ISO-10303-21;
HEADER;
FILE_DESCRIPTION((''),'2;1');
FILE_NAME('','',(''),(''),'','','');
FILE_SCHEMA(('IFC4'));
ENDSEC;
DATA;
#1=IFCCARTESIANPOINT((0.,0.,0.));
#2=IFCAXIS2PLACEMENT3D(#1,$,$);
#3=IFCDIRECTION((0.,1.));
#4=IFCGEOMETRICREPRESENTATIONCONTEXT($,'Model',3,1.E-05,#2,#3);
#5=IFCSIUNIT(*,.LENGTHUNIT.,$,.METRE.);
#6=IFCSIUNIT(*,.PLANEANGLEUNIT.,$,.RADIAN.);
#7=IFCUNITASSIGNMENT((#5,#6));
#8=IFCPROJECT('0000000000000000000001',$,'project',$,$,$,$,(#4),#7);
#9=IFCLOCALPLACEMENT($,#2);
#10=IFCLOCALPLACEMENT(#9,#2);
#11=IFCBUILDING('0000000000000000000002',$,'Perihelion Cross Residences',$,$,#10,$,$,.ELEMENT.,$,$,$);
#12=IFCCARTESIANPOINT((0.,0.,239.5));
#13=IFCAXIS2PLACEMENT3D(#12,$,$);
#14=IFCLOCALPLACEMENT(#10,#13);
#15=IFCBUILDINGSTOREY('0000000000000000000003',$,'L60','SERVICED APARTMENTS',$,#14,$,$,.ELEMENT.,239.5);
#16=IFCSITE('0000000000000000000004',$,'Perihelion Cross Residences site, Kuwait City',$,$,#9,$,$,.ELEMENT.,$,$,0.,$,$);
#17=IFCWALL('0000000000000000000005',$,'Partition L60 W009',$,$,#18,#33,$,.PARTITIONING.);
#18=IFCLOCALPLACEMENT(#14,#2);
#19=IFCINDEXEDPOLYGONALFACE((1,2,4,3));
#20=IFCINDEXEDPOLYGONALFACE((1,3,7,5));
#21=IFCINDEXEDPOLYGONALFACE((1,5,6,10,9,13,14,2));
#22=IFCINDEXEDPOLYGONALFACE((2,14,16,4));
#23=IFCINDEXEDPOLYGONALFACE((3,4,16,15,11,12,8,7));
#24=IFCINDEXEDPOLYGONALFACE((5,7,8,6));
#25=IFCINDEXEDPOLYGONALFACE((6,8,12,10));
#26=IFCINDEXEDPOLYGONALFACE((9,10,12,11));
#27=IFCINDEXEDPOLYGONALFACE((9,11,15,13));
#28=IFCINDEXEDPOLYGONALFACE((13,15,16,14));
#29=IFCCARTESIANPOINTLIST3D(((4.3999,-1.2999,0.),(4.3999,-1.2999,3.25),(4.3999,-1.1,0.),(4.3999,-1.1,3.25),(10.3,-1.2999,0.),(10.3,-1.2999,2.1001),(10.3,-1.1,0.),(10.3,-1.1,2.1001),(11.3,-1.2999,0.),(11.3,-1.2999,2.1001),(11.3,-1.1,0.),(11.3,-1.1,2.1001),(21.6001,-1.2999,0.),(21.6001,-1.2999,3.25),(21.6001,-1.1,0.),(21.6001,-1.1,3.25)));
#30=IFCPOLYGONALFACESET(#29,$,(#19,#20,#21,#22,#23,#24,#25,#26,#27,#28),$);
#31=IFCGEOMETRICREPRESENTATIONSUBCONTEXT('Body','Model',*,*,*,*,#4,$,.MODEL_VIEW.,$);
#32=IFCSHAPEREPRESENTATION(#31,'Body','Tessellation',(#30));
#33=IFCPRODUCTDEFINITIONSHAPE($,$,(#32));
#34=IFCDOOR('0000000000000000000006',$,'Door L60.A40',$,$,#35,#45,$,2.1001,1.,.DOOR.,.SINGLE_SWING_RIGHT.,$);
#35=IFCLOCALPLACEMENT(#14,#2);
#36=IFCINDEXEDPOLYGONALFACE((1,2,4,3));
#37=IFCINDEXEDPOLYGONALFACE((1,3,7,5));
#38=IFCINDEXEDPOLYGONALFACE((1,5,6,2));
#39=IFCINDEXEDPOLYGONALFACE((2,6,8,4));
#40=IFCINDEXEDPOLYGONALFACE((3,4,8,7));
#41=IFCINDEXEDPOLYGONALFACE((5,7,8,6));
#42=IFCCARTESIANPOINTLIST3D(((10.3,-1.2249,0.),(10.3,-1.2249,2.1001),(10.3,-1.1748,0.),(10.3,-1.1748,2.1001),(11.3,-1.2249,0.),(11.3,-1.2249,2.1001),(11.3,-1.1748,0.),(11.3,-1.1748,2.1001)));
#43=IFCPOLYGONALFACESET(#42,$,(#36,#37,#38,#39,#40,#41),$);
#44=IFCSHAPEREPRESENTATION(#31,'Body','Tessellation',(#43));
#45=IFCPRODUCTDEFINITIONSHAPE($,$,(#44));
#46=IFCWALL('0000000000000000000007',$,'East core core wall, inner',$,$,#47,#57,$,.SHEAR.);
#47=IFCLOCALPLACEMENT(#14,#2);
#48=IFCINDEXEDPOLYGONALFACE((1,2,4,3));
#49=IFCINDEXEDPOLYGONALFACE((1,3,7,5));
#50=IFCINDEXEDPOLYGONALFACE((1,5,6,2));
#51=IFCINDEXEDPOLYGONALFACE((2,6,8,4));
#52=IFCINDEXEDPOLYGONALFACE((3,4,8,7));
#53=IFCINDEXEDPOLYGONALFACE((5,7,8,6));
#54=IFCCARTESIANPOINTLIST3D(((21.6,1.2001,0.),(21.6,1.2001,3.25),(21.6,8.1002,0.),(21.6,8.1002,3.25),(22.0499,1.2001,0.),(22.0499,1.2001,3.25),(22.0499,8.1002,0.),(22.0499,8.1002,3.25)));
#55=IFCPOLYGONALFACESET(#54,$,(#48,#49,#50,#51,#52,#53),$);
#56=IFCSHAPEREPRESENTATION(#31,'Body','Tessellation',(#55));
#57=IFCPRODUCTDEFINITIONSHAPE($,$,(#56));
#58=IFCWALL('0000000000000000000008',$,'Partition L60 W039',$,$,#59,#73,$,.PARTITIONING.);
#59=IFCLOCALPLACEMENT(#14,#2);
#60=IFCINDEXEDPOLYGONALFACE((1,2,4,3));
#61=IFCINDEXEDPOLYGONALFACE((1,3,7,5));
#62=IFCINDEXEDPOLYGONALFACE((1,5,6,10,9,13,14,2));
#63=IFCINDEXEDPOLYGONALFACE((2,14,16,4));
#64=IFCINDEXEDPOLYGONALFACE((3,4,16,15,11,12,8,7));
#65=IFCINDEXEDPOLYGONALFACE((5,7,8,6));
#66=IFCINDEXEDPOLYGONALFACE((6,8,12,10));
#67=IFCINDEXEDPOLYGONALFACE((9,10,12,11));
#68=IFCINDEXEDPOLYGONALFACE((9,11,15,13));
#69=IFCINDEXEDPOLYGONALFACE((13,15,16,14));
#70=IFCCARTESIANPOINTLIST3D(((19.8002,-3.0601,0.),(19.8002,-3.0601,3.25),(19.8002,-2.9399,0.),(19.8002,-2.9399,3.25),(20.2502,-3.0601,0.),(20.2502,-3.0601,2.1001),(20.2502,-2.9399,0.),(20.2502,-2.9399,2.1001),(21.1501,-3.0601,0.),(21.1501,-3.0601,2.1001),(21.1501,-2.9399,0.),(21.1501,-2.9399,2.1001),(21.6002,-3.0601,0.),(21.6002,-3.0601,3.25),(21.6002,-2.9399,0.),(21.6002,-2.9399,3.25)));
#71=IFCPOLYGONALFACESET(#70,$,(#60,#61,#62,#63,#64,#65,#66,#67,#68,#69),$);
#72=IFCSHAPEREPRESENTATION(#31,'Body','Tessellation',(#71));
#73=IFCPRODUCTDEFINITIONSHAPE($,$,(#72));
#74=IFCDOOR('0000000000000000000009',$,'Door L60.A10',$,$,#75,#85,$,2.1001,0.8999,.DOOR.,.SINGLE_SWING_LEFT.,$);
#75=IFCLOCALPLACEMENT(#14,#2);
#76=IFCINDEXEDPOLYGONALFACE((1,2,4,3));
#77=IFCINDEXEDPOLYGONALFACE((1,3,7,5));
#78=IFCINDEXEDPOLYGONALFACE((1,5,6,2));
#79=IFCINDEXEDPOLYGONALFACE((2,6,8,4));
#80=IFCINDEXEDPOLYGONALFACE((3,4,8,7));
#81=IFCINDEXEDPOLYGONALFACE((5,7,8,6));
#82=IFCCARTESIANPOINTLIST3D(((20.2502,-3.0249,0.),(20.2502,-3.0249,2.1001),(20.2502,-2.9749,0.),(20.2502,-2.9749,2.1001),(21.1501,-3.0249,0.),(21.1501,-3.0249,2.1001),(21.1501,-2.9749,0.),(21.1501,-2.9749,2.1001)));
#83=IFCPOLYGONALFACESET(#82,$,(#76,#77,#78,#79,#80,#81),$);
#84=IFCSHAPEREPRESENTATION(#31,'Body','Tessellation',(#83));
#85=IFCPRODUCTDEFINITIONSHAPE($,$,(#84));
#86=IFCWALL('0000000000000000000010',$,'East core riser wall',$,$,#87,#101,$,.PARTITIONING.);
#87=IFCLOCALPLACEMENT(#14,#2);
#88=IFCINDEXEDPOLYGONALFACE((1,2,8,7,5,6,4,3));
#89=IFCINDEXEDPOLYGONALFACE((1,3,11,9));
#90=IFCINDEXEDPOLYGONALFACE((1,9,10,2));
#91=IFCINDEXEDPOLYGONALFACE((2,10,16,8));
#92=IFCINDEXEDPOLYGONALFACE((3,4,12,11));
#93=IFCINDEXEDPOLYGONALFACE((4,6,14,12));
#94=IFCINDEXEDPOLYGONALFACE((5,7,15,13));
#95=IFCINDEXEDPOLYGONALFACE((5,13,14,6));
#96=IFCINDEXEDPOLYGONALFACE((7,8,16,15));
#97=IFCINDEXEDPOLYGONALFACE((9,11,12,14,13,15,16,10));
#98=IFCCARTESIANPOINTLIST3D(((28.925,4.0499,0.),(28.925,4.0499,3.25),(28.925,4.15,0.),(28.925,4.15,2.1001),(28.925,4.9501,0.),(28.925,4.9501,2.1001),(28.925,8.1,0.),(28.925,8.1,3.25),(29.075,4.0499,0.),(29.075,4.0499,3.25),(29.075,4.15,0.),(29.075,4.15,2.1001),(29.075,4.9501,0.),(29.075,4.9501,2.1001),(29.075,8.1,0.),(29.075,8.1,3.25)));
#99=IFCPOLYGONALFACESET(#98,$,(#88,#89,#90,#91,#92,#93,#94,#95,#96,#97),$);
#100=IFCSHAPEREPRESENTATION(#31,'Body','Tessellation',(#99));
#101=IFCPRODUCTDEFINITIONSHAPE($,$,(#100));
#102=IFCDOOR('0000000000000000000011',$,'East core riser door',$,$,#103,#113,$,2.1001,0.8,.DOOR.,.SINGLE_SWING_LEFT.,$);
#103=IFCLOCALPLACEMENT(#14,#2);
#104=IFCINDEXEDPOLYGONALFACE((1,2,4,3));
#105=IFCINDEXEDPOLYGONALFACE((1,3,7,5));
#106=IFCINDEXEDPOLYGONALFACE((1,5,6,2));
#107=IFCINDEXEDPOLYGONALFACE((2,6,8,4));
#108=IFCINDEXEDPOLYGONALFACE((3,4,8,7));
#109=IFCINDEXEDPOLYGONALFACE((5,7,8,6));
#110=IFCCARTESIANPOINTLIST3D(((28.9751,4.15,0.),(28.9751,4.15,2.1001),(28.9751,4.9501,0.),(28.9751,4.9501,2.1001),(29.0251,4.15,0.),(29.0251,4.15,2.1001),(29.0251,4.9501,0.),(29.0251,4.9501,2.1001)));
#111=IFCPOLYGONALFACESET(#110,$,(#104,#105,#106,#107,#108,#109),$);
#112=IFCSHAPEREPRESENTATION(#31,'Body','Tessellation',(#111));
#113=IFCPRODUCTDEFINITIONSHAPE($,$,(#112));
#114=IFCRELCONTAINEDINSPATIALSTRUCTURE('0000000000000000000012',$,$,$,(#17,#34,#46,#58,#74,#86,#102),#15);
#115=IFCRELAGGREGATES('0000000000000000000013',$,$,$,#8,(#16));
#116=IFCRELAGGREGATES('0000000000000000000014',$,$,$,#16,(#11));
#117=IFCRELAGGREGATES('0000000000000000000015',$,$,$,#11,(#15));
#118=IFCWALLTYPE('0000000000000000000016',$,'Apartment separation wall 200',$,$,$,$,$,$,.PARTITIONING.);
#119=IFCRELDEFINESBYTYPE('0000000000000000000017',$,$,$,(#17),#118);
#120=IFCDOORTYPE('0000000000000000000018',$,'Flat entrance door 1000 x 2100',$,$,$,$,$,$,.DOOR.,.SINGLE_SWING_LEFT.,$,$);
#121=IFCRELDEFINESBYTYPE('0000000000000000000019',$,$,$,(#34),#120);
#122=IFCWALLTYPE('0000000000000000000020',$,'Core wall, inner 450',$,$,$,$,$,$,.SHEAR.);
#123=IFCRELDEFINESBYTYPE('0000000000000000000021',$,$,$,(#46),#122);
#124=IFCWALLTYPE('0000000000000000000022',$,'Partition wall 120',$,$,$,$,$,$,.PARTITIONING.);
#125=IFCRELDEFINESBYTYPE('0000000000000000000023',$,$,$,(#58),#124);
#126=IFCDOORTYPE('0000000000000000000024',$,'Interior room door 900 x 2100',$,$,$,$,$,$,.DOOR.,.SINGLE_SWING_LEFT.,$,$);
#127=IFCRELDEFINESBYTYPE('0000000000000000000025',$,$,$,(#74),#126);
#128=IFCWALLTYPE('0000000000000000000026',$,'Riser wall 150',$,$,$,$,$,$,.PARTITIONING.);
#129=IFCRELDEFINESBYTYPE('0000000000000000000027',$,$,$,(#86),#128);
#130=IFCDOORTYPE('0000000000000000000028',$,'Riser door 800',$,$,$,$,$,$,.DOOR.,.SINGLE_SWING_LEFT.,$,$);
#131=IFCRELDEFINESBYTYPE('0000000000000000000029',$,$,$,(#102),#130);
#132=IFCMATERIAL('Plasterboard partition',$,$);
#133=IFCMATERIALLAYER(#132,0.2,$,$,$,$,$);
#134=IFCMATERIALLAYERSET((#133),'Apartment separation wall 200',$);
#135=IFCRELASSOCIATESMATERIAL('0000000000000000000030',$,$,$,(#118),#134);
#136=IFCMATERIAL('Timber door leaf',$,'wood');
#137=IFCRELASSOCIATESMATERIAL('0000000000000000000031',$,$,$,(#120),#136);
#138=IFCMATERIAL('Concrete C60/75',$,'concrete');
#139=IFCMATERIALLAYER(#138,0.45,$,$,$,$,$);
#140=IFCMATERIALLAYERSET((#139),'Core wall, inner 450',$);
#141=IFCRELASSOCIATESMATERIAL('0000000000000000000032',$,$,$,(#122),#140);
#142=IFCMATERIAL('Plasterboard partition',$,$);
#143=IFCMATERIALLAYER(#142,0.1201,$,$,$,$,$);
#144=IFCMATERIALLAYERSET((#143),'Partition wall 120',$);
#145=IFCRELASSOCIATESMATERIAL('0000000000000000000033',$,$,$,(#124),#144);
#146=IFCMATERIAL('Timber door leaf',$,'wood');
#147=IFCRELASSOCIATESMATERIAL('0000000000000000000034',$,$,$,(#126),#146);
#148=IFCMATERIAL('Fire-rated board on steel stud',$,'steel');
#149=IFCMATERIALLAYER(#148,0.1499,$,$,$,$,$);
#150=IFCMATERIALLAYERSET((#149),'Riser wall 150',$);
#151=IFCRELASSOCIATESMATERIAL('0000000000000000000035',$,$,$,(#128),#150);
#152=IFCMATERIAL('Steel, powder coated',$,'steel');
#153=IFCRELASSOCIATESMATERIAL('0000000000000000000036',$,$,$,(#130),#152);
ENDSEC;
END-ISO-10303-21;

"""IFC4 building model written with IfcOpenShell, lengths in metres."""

from ifc_helpers import new_model, si_unit, direction, frame, frame_2d, origin, place, context, subcontext, project, spatial, rectangle, extrude, material, layer, layer_set, type_object, element, fill, save


model = new_model("IFC4")

# Units and contexts
model_context = context("Model", 3, precision=1e-05, world=origin(), true_north=direction((0.0, 1.0)))
body_context = subcontext(model_context, "Body", "Model", "MODEL_VIEW")
ifc_project = project(units=[si_unit("LENGTHUNIT", "METRE"), si_unit("PLANEANGLEUNIT", "RADIAN")], contexts=[model_context])

# Site, building, storey
site_placement = place(None, origin())
site = spatial("IfcSite", under=ifc_project, at=site_placement, Name="Perihelion Cross Residences site, Kuwait City", CompositionType="ELEMENT", RefElevation=0.0)
building_placement = place(site_placement, origin())
building = spatial("IfcBuilding", under=site, at=building_placement, Name="Perihelion Cross Residences", CompositionType="ELEMENT")
storey_placement = place(building_placement, frame((0.0, 0.0, 239.5)))
storey = spatial("IfcBuildingStorey", under=building, at=storey_placement, Name="L60", Description="SERVICED APARTMENTS", CompositionType="ELEMENT", Elevation=239.5)

# Wall, opening, door
ifc_material_1 = material(Name="Plasterboard partition")
ifc_layer_1 = layer(ifc_material_1, 0.2)
ifc_layer_set_1 = layer_set([ifc_layer_1], Name="Apartment separation wall 200")
wall_type_1 = type_object("IfcWallType", Name="Apartment separation wall 200", PredefinedType="PARTITIONING", material=ifc_layer_set_1)
wall_1_placement = place(storey_placement, frame((21.6001, -1.2, 0.0), z_axis=(0.0, 0.0, 1.0), x_axis=(-1.0, 0.0, 0.0)))
wall_1 = element("IfcWall", 1, at=wall_1_placement, inside=storey, type_object=wall_type_1, Name="Partition L60 W009", PredefinedType="PARTITIONING", context=body_context, shape_type="SweptSolid", body=[
    extrude(rectangle(XDim=17.2002, YDim=0.2, at=frame_2d((8.6001, 0.0))), origin(), (0.0, 0.0, 1.0), 3.25),
])
opening_1_placement = place(wall_1_placement, frame((10.3, 0.0, 0.0)))
opening_1 = element("IfcOpeningElement", 2, at=opening_1_placement, cuts=wall_1, PredefinedType="OPENING", context=body_context, shape_type="SweptSolid", body=[
    extrude(rectangle(XDim=1.0, YDim=2.1001, at=frame_2d((0.5, 1.05))), frame((0.0, 0.1099, 0.0), z_axis=(0.0, -1.0, 0.0), x_axis=(1.0, 0.0, 0.0)), (0.0, 0.0, 1.0), 0.22),
])
ifc_material_2 = material(Name="Timber door leaf", Category="wood")
door_type_1 = type_object("IfcDoorType", Name="Flat entrance door 1000 x 2100", OperationType="SINGLE_SWING_LEFT", PredefinedType="DOOR", material=ifc_material_2)
door_1_placement = place(opening_1_placement, origin())
door_1 = element("IfcDoor", 3, at=door_1_placement, inside=storey, type_object=door_type_1, Name="Door L60.A40", OperationType="SINGLE_SWING_RIGHT", OverallHeight=2.1001, OverallWidth=1.0, PredefinedType="DOOR", context=body_context, shape_type="SweptSolid", body=[
    extrude(rectangle(XDim=1.0, YDim=2.1001, at=frame_2d((0.5, 1.05))), frame((0.0, 0.0249, 0.0), z_axis=(0.0, -1.0, 0.0), x_axis=(1.0, 0.0, 0.0)), (0.0, 0.0, 1.0), 0.05),
])
fill(opening_1, door_1)

# Wall
ifc_material_3 = material(Name="Concrete C60/75", Category="concrete")
ifc_layer_2 = layer(ifc_material_3, 0.45)
ifc_layer_set_2 = layer_set([ifc_layer_2], Name="Core wall, inner 450")
wall_type_2 = type_object("IfcWallType", Name="Core wall, inner 450", PredefinedType="SHEAR", material=ifc_layer_set_2)
wall_2_placement = place(storey_placement, frame((21.825, 1.2, 0.0), z_axis=(0.0, 0.0, 1.0), x_axis=(0.0, 1.0, 0.0)))
element("IfcWall", 4, at=wall_2_placement, inside=storey, type_object=wall_type_2, Name="East core core wall, inner", PredefinedType="SHEAR", context=body_context, shape_type="SweptSolid", body=[
    extrude(rectangle(XDim=6.9001, YDim=0.45, at=frame_2d((3.4502, 0.0))), origin(), (0.0, 0.0, 1.0), 3.25),
])

# Walls, openings, doors
ifc_material_4 = material(Name="Plasterboard partition")
ifc_layer_3 = layer(ifc_material_4, 0.1201)
ifc_layer_set_3 = layer_set([ifc_layer_3], Name="Partition wall 120")
wall_type_3 = type_object("IfcWallType", Name="Partition wall 120", PredefinedType="PARTITIONING", material=ifc_layer_set_3)
wall_3_placement = place(storey_placement, frame((21.6001, -3.0, 0.0), z_axis=(0.0, 0.0, 1.0), x_axis=(-1.0, 0.0, 0.0)))
wall_3 = element("IfcWall", 5, at=wall_3_placement, inside=storey, type_object=wall_type_3, Name="Partition L60 W039", PredefinedType="PARTITIONING", context=body_context, shape_type="SweptSolid", body=[
    extrude(rectangle(XDim=1.8, YDim=0.1201, at=frame_2d((0.8999, 0.0))), origin(), (0.0, 0.0, 1.0), 3.25),
])
opening_2_placement = place(wall_3_placement, frame((0.45, 0.0, 0.0)))
opening_2 = element("IfcOpeningElement", 6, at=opening_2_placement, cuts=wall_3, PredefinedType="OPENING", context=body_context, shape_type="SweptSolid", body=[
    extrude(rectangle(XDim=0.8999, YDim=2.1001, at=frame_2d((0.45, 1.05))), frame((0.0, 0.0701, 0.0), z_axis=(0.0, -1.0, 0.0), x_axis=(1.0, 0.0, 0.0)), (0.0, 0.0, 1.0), 0.1401),
])
ifc_material_5 = material(Name="Timber door leaf", Category="wood")
door_type_2 = type_object("IfcDoorType", Name="Interior room door 900 x 2100", OperationType="SINGLE_SWING_LEFT", PredefinedType="DOOR", material=ifc_material_5)
door_2_placement = place(opening_2_placement, origin())
door_2 = element("IfcDoor", 7, at=door_2_placement, inside=storey, type_object=door_type_2, Name="Door L60.A10", OperationType="SINGLE_SWING_LEFT", OverallHeight=2.1001, OverallWidth=0.8999, PredefinedType="DOOR", context=body_context, shape_type="SweptSolid", body=[
    extrude(rectangle(XDim=0.8999, YDim=2.1001, at=frame_2d((0.45, 1.05))), frame((0.0, 0.0249, 0.0), z_axis=(0.0, -1.0, 0.0), x_axis=(1.0, 0.0, 0.0)), (0.0, 0.0, 1.0), 0.05),
])
fill(opening_2, door_2)
ifc_material_6 = material(Name="Fire-rated board on steel stud", Category="steel")
ifc_layer_4 = layer(ifc_material_6, 0.1499)
ifc_layer_set_4 = layer_set([ifc_layer_4], Name="Riser wall 150")
wall_type_4 = type_object("IfcWallType", Name="Riser wall 150", PredefinedType="PARTITIONING", material=ifc_layer_set_4)
wall_4_placement = place(storey_placement, frame((29.0, 4.05, 0.0), z_axis=(0.0, 0.0, 1.0), x_axis=(0.0, 1.0, 0.0)))
wall_4 = element("IfcWall", 8, at=wall_4_placement, inside=storey, type_object=wall_type_4, Name="East core riser wall", PredefinedType="PARTITIONING", context=body_context, shape_type="SweptSolid", body=[
    extrude(rectangle(XDim=4.05, YDim=0.1499, at=frame_2d((2.0249, 0.0))), origin(), (0.0, 0.0, 1.0), 3.25),
])
opening_3_placement = place(wall_4_placement, frame((0.1001, 0.0, 0.0)))
opening_3 = element("IfcOpeningElement", 9, at=opening_3_placement, cuts=wall_4, PredefinedType="OPENING", context=body_context, shape_type="SweptSolid", body=[
    extrude(rectangle(XDim=0.8, YDim=2.1001, at=frame_2d((0.3999, 1.05))), frame((0.0, 0.085, 0.0), z_axis=(0.0, -1.0, 0.0), x_axis=(1.0, 0.0, 0.0)), (0.0, 0.0, 1.0), 0.1699),
])
ifc_material_7 = material(Name="Steel, powder coated", Category="steel")
door_type_3 = type_object("IfcDoorType", Name="Riser door 800", OperationType="SINGLE_SWING_LEFT", PredefinedType="DOOR", material=ifc_material_7)
door_3_placement = place(opening_3_placement, origin())
door_3 = element("IfcDoor", 10, at=door_3_placement, inside=storey, type_object=door_type_3, Name="East core riser door", OperationType="SINGLE_SWING_LEFT", OverallHeight=2.1001, OverallWidth=0.8, PredefinedType="DOOR", context=body_context, shape_type="SweptSolid", body=[
    extrude(rectangle(XDim=0.8, YDim=2.1001, at=frame_2d((0.3999, 1.05))), frame((0.0, 0.0249, 0.0), z_axis=(0.0, -1.0, 0.0), x_axis=(1.0, 0.0, 0.0)), (0.0, 0.0, 1.0), 0.05),
])
fill(opening_3, door_3)

save(model, "model.ifc")
